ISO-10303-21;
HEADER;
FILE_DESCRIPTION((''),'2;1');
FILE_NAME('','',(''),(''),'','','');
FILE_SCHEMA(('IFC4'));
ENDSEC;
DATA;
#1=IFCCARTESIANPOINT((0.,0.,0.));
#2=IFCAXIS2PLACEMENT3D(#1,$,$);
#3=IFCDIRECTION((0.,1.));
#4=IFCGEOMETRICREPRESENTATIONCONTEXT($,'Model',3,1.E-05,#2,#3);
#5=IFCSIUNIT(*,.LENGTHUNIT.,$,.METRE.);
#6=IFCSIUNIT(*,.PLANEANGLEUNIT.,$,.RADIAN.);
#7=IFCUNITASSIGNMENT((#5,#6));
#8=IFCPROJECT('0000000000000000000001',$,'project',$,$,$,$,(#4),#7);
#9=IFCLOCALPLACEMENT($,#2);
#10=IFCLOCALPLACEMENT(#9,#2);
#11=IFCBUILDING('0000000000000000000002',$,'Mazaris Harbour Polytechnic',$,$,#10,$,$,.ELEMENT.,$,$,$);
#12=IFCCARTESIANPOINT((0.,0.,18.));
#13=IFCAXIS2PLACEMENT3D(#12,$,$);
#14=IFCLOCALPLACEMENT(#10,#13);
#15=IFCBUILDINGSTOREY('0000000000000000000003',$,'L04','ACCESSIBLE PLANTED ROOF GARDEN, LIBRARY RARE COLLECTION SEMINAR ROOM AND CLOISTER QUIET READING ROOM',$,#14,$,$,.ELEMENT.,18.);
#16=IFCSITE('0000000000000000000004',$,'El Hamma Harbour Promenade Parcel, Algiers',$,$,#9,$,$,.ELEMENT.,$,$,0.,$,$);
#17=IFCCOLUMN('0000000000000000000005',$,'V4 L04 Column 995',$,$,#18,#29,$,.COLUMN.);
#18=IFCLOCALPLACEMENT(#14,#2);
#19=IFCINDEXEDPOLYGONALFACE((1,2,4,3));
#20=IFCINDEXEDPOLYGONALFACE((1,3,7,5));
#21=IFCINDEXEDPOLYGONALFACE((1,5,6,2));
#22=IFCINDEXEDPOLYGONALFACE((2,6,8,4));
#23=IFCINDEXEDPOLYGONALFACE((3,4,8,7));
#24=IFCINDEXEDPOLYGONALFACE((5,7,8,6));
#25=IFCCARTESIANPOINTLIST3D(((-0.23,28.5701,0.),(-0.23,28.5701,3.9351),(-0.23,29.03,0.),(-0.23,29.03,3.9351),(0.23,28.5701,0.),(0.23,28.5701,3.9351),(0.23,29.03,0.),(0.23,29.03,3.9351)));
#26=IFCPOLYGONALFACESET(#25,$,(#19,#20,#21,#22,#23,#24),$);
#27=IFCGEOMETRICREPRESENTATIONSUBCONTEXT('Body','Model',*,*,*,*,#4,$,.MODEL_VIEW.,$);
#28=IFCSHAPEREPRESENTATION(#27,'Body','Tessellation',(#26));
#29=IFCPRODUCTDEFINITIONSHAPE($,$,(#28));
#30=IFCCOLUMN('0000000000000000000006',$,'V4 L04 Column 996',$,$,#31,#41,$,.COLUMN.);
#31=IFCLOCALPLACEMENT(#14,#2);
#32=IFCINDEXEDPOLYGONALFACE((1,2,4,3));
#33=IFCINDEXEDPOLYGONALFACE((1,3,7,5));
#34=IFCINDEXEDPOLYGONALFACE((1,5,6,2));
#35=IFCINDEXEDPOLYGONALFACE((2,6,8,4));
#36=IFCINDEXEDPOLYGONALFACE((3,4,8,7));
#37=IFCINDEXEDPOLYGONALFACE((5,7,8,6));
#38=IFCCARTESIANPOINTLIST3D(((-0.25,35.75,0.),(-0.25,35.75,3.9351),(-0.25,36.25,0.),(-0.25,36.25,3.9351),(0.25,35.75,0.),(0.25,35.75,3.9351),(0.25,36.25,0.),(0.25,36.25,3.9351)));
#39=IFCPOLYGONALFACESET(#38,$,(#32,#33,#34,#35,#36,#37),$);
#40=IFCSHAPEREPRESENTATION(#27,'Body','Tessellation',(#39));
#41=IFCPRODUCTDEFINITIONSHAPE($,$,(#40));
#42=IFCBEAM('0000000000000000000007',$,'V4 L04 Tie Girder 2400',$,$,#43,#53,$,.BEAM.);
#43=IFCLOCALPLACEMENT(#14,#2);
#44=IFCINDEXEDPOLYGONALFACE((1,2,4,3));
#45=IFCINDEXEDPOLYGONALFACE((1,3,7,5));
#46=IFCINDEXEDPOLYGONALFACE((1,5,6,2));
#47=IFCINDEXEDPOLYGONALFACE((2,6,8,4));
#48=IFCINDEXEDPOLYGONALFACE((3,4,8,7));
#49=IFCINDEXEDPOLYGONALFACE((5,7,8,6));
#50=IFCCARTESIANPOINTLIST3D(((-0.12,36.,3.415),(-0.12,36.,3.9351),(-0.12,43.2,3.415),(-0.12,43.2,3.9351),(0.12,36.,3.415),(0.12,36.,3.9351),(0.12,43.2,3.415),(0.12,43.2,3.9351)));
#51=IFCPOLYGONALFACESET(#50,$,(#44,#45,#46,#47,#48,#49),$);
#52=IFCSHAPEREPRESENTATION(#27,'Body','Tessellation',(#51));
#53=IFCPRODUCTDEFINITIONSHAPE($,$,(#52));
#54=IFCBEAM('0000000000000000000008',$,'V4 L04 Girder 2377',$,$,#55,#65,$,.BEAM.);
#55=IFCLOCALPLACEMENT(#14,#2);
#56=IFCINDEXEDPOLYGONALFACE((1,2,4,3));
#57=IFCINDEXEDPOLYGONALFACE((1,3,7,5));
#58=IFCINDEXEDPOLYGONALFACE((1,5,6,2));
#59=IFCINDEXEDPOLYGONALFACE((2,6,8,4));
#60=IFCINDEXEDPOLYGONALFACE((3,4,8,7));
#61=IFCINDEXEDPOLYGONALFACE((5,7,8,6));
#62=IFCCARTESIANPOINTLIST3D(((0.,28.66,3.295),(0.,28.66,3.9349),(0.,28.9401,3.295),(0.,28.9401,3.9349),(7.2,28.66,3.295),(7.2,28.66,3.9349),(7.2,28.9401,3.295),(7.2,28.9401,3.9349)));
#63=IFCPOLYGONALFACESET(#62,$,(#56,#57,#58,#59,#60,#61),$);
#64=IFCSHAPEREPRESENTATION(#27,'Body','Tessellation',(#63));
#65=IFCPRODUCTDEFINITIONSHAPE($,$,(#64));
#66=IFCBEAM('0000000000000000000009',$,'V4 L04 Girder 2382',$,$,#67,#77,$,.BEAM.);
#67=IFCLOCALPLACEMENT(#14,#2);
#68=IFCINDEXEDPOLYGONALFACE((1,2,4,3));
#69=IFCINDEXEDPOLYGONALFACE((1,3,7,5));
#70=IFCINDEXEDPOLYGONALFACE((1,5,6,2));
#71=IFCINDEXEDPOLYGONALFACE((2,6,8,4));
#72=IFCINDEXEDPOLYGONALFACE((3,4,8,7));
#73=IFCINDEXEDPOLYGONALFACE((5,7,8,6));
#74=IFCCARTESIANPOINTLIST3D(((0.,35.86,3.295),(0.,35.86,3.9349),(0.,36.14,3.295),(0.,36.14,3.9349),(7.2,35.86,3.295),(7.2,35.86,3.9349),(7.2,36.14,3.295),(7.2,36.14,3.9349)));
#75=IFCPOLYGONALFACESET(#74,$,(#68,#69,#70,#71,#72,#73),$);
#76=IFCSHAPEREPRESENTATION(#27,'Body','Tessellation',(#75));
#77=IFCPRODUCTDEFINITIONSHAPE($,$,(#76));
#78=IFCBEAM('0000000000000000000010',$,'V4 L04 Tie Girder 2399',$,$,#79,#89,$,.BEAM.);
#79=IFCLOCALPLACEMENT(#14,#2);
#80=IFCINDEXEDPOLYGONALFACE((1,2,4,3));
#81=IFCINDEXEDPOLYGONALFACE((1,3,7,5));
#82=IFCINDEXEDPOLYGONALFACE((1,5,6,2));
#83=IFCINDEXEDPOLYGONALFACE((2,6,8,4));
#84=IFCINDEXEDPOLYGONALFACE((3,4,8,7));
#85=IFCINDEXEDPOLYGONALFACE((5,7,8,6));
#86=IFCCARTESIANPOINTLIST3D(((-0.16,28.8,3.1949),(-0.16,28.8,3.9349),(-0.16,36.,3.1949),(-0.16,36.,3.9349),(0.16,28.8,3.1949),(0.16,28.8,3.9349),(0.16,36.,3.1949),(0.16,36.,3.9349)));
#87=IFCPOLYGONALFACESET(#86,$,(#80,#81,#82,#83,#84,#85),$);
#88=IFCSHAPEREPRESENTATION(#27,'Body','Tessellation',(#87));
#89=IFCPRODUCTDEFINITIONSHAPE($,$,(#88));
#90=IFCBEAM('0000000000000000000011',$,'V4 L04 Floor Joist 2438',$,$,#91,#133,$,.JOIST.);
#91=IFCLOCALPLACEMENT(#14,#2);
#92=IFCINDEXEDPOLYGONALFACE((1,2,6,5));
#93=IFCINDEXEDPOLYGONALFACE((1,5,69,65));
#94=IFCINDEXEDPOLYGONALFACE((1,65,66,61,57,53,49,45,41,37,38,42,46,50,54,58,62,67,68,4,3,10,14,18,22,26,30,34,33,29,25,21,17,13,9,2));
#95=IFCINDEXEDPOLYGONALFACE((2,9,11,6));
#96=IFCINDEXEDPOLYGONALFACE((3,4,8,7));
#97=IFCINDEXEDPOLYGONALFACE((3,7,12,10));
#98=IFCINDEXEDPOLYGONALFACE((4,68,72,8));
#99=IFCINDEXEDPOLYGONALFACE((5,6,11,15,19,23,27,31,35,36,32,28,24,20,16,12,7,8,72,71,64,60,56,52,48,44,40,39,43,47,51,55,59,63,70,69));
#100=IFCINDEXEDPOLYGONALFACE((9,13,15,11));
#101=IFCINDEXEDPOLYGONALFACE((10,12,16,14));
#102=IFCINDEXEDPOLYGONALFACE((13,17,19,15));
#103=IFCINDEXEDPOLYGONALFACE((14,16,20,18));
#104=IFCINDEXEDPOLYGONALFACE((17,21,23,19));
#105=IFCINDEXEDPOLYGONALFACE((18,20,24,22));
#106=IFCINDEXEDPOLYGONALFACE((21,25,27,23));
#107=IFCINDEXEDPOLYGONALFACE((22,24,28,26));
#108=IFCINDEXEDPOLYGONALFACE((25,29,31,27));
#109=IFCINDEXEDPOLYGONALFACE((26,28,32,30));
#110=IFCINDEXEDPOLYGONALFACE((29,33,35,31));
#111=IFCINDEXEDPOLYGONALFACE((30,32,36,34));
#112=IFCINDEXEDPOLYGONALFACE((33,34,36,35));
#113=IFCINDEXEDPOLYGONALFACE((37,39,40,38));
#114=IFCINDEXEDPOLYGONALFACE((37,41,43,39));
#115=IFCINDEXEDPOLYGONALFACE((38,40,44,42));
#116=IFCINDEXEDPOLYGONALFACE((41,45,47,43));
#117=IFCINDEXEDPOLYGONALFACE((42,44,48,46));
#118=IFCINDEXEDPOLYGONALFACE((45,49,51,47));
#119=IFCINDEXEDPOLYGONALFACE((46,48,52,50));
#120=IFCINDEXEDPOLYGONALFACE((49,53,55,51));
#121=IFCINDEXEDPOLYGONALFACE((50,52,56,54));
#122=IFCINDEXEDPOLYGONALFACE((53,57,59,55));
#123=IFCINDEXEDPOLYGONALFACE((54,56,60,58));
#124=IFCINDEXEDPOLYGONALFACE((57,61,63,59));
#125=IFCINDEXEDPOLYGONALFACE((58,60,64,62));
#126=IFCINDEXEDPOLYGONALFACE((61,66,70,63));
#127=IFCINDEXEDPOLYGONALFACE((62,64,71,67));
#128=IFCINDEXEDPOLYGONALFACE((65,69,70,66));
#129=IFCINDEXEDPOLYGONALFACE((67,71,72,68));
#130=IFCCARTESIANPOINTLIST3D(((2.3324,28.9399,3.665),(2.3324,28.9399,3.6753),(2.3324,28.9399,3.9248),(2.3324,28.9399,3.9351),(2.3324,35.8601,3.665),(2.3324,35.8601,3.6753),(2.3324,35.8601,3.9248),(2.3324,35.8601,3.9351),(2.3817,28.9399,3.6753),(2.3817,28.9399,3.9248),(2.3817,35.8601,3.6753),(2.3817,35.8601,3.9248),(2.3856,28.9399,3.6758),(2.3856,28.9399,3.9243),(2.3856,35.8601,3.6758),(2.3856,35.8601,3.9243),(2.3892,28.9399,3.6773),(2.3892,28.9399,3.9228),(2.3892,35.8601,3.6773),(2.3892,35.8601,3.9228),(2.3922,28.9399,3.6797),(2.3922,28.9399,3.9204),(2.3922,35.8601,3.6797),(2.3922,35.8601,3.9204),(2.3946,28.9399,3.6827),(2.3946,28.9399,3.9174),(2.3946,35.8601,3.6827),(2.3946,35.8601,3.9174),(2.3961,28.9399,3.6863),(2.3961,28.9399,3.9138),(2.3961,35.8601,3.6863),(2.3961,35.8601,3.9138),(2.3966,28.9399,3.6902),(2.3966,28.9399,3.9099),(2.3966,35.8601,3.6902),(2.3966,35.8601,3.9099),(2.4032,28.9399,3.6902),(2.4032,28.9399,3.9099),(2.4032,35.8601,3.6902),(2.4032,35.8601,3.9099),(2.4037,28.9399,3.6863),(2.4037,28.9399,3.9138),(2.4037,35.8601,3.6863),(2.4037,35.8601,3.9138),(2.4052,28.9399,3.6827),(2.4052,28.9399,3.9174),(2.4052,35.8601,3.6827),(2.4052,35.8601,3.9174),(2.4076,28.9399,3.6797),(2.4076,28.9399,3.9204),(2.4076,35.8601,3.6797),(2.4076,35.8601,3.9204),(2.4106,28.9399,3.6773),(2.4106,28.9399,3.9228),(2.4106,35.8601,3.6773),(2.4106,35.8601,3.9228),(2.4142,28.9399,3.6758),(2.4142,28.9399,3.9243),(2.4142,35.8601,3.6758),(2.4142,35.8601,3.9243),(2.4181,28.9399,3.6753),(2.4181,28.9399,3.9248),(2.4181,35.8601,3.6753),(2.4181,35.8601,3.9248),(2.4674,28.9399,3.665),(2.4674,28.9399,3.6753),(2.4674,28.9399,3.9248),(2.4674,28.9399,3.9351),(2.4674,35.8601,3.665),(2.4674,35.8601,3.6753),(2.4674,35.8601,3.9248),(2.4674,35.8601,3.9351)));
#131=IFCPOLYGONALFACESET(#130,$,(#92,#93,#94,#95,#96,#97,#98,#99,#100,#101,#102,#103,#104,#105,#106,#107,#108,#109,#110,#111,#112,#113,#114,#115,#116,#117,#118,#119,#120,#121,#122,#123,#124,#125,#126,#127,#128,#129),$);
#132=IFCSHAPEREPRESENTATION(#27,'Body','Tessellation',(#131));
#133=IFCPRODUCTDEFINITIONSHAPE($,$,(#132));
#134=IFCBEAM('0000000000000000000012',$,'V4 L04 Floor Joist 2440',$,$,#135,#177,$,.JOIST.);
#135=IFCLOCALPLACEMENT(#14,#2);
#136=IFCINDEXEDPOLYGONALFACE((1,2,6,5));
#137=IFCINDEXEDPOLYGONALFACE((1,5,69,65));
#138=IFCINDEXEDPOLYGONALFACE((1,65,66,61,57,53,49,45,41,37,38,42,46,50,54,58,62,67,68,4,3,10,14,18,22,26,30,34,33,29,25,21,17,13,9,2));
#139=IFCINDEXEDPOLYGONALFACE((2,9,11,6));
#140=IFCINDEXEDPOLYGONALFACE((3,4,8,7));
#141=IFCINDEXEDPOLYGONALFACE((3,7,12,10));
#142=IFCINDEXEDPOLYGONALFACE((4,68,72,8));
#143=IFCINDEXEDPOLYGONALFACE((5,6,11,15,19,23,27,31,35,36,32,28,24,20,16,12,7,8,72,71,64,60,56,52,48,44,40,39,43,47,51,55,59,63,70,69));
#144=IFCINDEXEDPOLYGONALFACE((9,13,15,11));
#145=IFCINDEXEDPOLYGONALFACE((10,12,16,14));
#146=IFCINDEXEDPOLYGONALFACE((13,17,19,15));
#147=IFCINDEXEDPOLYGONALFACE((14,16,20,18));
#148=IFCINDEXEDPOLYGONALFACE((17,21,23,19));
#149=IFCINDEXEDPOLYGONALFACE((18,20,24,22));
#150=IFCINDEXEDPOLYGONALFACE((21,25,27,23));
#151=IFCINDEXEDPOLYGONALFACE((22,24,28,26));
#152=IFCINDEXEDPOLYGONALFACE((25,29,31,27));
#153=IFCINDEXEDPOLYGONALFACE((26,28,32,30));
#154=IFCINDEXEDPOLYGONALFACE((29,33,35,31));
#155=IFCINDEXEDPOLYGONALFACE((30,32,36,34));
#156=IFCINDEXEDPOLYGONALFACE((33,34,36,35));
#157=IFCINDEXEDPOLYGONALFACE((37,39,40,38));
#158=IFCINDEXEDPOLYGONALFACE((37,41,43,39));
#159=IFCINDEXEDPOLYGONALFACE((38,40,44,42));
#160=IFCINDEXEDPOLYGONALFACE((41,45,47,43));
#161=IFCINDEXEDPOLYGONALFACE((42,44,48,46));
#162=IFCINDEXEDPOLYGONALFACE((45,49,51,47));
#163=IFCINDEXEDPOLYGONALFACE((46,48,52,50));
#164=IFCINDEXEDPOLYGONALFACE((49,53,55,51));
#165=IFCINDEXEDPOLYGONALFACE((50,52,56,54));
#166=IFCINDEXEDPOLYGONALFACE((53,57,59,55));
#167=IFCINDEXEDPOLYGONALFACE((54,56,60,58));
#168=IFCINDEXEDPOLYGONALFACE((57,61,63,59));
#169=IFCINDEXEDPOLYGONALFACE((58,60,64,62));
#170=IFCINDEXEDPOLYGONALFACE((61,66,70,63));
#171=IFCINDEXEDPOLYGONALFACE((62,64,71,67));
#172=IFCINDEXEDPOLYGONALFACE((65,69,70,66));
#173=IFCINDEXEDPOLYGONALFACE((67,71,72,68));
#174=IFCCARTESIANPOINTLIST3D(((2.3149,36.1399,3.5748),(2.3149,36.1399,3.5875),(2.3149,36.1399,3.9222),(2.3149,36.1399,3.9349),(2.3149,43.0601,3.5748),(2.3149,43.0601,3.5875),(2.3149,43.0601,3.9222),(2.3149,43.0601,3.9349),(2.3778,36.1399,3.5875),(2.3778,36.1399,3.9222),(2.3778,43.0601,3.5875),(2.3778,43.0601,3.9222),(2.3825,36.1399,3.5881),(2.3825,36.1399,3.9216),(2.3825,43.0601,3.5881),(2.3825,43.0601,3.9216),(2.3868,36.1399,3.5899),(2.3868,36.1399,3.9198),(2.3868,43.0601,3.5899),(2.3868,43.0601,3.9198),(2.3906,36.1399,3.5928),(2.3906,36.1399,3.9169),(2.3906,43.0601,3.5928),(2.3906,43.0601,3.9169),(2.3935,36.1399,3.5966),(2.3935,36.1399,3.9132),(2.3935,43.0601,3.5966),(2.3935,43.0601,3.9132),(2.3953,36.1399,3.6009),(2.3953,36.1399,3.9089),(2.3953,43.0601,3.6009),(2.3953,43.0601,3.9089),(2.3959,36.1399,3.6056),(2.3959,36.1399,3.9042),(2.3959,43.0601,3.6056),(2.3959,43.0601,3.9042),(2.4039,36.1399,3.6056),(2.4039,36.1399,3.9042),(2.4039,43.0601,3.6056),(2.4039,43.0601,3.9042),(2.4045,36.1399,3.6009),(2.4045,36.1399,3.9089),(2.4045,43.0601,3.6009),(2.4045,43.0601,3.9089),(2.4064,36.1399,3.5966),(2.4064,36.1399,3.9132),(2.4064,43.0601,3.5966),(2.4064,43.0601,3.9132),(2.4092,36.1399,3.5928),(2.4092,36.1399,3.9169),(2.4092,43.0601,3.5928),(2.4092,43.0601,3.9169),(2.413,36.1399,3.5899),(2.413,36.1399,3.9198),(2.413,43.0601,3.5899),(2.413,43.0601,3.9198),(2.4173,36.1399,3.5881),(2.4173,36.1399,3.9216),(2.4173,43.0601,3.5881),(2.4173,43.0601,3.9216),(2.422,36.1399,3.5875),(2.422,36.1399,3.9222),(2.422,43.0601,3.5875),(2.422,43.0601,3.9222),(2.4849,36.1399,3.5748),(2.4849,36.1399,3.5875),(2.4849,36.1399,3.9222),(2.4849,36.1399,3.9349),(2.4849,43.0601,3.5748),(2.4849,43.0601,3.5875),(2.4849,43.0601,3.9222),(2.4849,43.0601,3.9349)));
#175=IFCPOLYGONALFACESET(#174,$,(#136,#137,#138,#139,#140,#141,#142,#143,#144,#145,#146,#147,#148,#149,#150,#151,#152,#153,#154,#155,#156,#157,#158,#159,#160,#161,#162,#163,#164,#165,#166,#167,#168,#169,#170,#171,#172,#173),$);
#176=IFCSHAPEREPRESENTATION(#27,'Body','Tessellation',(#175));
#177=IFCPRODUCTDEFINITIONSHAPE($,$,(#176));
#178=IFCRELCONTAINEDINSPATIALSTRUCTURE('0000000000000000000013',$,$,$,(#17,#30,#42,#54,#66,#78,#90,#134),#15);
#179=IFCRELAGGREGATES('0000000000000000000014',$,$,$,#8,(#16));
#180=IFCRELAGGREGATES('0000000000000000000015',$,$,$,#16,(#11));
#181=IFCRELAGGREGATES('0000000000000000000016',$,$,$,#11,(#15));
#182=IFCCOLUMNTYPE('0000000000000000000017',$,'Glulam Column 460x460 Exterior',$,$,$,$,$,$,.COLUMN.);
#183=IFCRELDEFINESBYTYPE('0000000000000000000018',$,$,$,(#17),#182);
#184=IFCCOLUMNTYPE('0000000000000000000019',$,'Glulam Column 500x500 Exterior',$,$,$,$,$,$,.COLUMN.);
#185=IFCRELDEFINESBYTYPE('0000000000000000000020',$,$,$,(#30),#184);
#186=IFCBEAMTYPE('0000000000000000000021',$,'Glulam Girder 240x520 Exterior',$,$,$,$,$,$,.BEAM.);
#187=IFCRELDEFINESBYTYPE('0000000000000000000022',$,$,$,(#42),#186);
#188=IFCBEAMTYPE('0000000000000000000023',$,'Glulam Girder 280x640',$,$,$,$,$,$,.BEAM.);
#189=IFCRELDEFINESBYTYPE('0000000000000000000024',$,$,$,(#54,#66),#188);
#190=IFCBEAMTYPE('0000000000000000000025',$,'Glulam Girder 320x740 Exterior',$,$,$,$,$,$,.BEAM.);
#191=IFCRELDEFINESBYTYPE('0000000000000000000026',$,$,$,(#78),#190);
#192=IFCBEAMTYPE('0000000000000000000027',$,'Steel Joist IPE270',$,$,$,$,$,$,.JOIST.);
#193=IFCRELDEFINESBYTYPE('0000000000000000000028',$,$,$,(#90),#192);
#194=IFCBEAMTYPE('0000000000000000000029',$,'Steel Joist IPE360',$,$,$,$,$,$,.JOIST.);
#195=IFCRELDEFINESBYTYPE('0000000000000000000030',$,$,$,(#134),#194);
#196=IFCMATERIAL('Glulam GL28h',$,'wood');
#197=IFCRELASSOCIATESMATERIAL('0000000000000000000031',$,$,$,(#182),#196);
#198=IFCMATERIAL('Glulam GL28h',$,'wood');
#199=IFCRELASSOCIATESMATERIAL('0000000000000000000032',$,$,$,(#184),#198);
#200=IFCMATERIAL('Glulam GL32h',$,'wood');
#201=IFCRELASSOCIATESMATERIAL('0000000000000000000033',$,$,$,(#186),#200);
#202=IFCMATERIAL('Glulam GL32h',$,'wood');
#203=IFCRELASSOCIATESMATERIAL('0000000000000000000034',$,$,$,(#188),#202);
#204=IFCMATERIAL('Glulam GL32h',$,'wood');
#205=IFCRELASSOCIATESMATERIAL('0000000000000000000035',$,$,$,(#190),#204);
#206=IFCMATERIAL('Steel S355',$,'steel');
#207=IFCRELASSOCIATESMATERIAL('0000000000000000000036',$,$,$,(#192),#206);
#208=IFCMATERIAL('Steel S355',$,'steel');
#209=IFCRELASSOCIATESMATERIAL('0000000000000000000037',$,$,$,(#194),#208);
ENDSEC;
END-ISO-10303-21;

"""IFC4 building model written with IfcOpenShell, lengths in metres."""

from ifc_helpers import new_model, si_unit, direction, frame, origin, origin_2d, place, context, subcontext, project, spatial, rectangle, i_section, extrude, material, material_profile, profile_set, type_object, element, save


model = new_model("IFC4")

# Units and contexts
model_context = context("Model", 3, precision=1e-05, world=origin(), true_north=direction((0.0, 1.0)))
body_context = subcontext(model_context, "Body", "Model", "MODEL_VIEW")
ifc_project = project(units=[si_unit("LENGTHUNIT", "METRE"), si_unit("PLANEANGLEUNIT", "RADIAN")], contexts=[model_context])

# Site, building, storey
site_placement = place(None, origin())
site = spatial("IfcSite", under=ifc_project, at=site_placement, Name="El Hamma Harbour Promenade Parcel, Algiers", CompositionType="ELEMENT", RefElevation=0.0)
building_placement = place(site_placement, origin())
building = spatial("IfcBuilding", under=site, at=building_placement, Name="Mazaris Harbour Polytechnic", CompositionType="ELEMENT")
storey_placement = place(building_placement, frame((0.0, 0.0, 18.0)))
storey = spatial("IfcBuildingStorey", under=building, at=storey_placement, Name="L04", Description="ACCESSIBLE PLANTED ROOF GARDEN, LIBRARY RARE COLLECTION SEMINAR ROOM AND CLOISTER QUIET READING ROOM", CompositionType="ELEMENT", Elevation=18.0)

# Columns
ifc_material_1 = material(Name="Glulam GL28h", Category="wood")
ifc_material_profile_1 = material_profile(ifc_material_1, rectangle(XDim=0.46, YDim=0.46, at=origin_2d()), Name="RECT460x460")
ifc_profile_set_1 = profile_set([ifc_material_profile_1], Name="Glulam GL28h")
column_type_1 = type_object("IfcColumnType", Name="Glulam Column 460x460 Exterior", PredefinedType="COLUMN", material=ifc_profile_set_1)
column_1_placement = place(storey_placement, frame((0.0, 28.8, 0.0), z_axis=(0.0, 0.0, 1.0), x_axis=(1.0, 0.0, 0.0)))
element("IfcColumn", 1, at=column_1_placement, inside=storey, type_object=column_type_1, Name="V4 L04 Column 995", PredefinedType="COLUMN", context=body_context, shape_type="SweptSolid", body=[
    extrude(rectangle(XDim=0.46, YDim=0.46, at=origin_2d()), origin(), (0.0, 0.0, 1.0), 3.9351),
])
ifc_material_2 = material(Name="Glulam GL28h", Category="wood")
ifc_material_profile_2 = material_profile(ifc_material_2, rectangle(XDim=0.5, YDim=0.5, at=origin_2d()), Name="RECT500x500")
ifc_profile_set_2 = profile_set([ifc_material_profile_2], Name="Glulam GL28h")
column_type_2 = type_object("IfcColumnType", Name="Glulam Column 500x500 Exterior", PredefinedType="COLUMN", material=ifc_profile_set_2)
column_2_placement = place(storey_placement, frame((0.0, 36.0, 0.0), z_axis=(0.0, 0.0, 1.0), x_axis=(1.0, 0.0, 0.0)))
element("IfcColumn", 2, at=column_2_placement, inside=storey, type_object=column_type_2, Name="V4 L04 Column 996", PredefinedType="COLUMN", context=body_context, shape_type="SweptSolid", body=[
    extrude(rectangle(XDim=0.5, YDim=0.5, at=origin_2d()), origin(), (0.0, 0.0, 1.0), 3.9351),
])

# Beams
ifc_material_3 = material(Name="Glulam GL32h", Category="wood")
ifc_material_profile_3 = material_profile(ifc_material_3, rectangle(XDim=0.24, YDim=0.52, at=origin_2d()), Name="RECT240x520")
ifc_profile_set_3 = profile_set([ifc_material_profile_3], Name="Glulam GL32h")
beam_type_1 = type_object("IfcBeamType", Name="Glulam Girder 240x520 Exterior", PredefinedType="BEAM", material=ifc_profile_set_3)
beam_1_placement = place(storey_placement, frame((0.0, 36.0, 3.675), z_axis=(0.0, 1.0, 0.0), x_axis=(-1.0, 0.0, 0.0)))
element("IfcBeam", 3, at=beam_1_placement, inside=storey, type_object=beam_type_1, Name="V4 L04 Tie Girder 2400", PredefinedType="BEAM", context=body_context, shape_type="SweptSolid", body=[
    extrude(rectangle(XDim=0.24, YDim=0.52, at=origin_2d()), origin(), (0.0, 0.0, 1.0), 7.2),
])
ifc_material_4 = material(Name="Glulam GL32h", Category="wood")
ifc_material_profile_4 = material_profile(ifc_material_4, rectangle(XDim=0.28, YDim=0.6399, at=origin_2d()), Name="RECT280x640")
ifc_profile_set_4 = profile_set([ifc_material_profile_4], Name="Glulam GL32h")
beam_type_2 = type_object("IfcBeamType", Name="Glulam Girder 280x640", PredefinedType="BEAM", material=ifc_profile_set_4)
for number, where, z_axis, x_axis, name in (
    (4, (0.0, 28.8, 3.615), (1.0, 0.0, 0.0), (0.0, 1.0, 0.0), "V4 L04 Girder 2377"),
    (5, (0.0, 36.0, 3.615), (1.0, 0.0, 0.0), (0.0, 1.0, 0.0), "V4 L04 Girder 2382"),
):
    element("IfcBeam", number, at=place(storey_placement, frame(where, z_axis=z_axis, x_axis=x_axis)), inside=storey, type_object=beam_type_2, Name=name, PredefinedType="BEAM", context=body_context, shape_type="SweptSolid", body=[
        extrude(rectangle(XDim=0.28, YDim=0.6399, at=origin_2d()), origin(), (0.0, 0.0, 1.0), 7.2),
    ])
ifc_material_5 = material(Name="Glulam GL32h", Category="wood")
ifc_material_profile_5 = material_profile(ifc_material_5, rectangle(XDim=0.3201, YDim=0.74, at=origin_2d()), Name="RECT320x740")
ifc_profile_set_5 = profile_set([ifc_material_profile_5], Name="Glulam GL32h")
beam_type_3 = type_object("IfcBeamType", Name="Glulam Girder 320x740 Exterior", PredefinedType="BEAM", material=ifc_profile_set_5)
beam_2_placement = place(storey_placement, frame((0.0, 28.8, 3.5649), z_axis=(0.0, 1.0, 0.0), x_axis=(-1.0, 0.0, 0.0)))
element("IfcBeam", 6, at=beam_2_placement, inside=storey, type_object=beam_type_3, Name="V4 L04 Tie Girder 2399", PredefinedType="BEAM", context=body_context, shape_type="SweptSolid", body=[
    extrude(rectangle(XDim=0.3201, YDim=0.74, at=origin_2d()), origin(), (0.0, 0.0, 1.0), 7.2),
])
ifc_material_6 = material(Name="Steel S355", Category="steel")
ifc_material_profile_6 = material_profile(ifc_material_6, i_section(OverallWidth=0.135, OverallDepth=0.27, WebThickness=0.0066, FlangeThickness=0.0103, FilletRadius=0.0149, at=origin_2d()), Name="IPE 270")
ifc_profile_set_6 = profile_set([ifc_material_profile_6], Name="Steel S355")
beam_type_4 = type_object("IfcBeamType", Name="Steel Joist IPE270", PredefinedType="JOIST", material=ifc_profile_set_6)
beam_3_placement = place(storey_placement, frame((2.3999, 28.9399, 3.8), z_axis=(0.0, 1.0, 0.0), x_axis=(-1.0, 0.0, 0.0)))
element("IfcBeam", 7, at=beam_3_placement, inside=storey, type_object=beam_type_4, Name="V4 L04 Floor Joist 2438", PredefinedType="JOIST", context=body_context, shape_type="SweptSolid", body=[
    extrude(i_section(OverallWidth=0.135, OverallDepth=0.27, WebThickness=0.0066, FlangeThickness=0.0103, FilletRadius=0.0149, at=origin_2d()), origin(), (0.0, 0.0, 1.0), 6.9202),
])
ifc_material_7 = material(Name="Steel S355", Category="steel")
ifc_material_profile_7 = material_profile(ifc_material_7, i_section(OverallWidth=0.1699, OverallDepth=0.3601, WebThickness=0.0081, FlangeThickness=0.0127, FilletRadius=0.0181, at=origin_2d()), Name="IPE 360")
ifc_profile_set_7 = profile_set([ifc_material_profile_7], Name="Steel S355")
beam_type_5 = type_object("IfcBeamType", Name="Steel Joist IPE360", PredefinedType="JOIST", material=ifc_profile_set_7)
beam_4_placement = place(storey_placement, frame((2.3999, 36.1399, 3.7549), z_axis=(0.0, 1.0, 0.0), x_axis=(-1.0, 0.0, 0.0)))
element("IfcBeam", 8, at=beam_4_placement, inside=storey, type_object=beam_type_5, Name="V4 L04 Floor Joist 2440", PredefinedType="JOIST", context=body_context, shape_type="SweptSolid", body=[
    extrude(i_section(OverallWidth=0.1699, OverallDepth=0.3601, WebThickness=0.0081, FlangeThickness=0.0127, FilletRadius=0.0181, at=origin_2d()), origin(), (0.0, 0.0, 1.0), 6.9202),
])

save(model, "model.ifc")
